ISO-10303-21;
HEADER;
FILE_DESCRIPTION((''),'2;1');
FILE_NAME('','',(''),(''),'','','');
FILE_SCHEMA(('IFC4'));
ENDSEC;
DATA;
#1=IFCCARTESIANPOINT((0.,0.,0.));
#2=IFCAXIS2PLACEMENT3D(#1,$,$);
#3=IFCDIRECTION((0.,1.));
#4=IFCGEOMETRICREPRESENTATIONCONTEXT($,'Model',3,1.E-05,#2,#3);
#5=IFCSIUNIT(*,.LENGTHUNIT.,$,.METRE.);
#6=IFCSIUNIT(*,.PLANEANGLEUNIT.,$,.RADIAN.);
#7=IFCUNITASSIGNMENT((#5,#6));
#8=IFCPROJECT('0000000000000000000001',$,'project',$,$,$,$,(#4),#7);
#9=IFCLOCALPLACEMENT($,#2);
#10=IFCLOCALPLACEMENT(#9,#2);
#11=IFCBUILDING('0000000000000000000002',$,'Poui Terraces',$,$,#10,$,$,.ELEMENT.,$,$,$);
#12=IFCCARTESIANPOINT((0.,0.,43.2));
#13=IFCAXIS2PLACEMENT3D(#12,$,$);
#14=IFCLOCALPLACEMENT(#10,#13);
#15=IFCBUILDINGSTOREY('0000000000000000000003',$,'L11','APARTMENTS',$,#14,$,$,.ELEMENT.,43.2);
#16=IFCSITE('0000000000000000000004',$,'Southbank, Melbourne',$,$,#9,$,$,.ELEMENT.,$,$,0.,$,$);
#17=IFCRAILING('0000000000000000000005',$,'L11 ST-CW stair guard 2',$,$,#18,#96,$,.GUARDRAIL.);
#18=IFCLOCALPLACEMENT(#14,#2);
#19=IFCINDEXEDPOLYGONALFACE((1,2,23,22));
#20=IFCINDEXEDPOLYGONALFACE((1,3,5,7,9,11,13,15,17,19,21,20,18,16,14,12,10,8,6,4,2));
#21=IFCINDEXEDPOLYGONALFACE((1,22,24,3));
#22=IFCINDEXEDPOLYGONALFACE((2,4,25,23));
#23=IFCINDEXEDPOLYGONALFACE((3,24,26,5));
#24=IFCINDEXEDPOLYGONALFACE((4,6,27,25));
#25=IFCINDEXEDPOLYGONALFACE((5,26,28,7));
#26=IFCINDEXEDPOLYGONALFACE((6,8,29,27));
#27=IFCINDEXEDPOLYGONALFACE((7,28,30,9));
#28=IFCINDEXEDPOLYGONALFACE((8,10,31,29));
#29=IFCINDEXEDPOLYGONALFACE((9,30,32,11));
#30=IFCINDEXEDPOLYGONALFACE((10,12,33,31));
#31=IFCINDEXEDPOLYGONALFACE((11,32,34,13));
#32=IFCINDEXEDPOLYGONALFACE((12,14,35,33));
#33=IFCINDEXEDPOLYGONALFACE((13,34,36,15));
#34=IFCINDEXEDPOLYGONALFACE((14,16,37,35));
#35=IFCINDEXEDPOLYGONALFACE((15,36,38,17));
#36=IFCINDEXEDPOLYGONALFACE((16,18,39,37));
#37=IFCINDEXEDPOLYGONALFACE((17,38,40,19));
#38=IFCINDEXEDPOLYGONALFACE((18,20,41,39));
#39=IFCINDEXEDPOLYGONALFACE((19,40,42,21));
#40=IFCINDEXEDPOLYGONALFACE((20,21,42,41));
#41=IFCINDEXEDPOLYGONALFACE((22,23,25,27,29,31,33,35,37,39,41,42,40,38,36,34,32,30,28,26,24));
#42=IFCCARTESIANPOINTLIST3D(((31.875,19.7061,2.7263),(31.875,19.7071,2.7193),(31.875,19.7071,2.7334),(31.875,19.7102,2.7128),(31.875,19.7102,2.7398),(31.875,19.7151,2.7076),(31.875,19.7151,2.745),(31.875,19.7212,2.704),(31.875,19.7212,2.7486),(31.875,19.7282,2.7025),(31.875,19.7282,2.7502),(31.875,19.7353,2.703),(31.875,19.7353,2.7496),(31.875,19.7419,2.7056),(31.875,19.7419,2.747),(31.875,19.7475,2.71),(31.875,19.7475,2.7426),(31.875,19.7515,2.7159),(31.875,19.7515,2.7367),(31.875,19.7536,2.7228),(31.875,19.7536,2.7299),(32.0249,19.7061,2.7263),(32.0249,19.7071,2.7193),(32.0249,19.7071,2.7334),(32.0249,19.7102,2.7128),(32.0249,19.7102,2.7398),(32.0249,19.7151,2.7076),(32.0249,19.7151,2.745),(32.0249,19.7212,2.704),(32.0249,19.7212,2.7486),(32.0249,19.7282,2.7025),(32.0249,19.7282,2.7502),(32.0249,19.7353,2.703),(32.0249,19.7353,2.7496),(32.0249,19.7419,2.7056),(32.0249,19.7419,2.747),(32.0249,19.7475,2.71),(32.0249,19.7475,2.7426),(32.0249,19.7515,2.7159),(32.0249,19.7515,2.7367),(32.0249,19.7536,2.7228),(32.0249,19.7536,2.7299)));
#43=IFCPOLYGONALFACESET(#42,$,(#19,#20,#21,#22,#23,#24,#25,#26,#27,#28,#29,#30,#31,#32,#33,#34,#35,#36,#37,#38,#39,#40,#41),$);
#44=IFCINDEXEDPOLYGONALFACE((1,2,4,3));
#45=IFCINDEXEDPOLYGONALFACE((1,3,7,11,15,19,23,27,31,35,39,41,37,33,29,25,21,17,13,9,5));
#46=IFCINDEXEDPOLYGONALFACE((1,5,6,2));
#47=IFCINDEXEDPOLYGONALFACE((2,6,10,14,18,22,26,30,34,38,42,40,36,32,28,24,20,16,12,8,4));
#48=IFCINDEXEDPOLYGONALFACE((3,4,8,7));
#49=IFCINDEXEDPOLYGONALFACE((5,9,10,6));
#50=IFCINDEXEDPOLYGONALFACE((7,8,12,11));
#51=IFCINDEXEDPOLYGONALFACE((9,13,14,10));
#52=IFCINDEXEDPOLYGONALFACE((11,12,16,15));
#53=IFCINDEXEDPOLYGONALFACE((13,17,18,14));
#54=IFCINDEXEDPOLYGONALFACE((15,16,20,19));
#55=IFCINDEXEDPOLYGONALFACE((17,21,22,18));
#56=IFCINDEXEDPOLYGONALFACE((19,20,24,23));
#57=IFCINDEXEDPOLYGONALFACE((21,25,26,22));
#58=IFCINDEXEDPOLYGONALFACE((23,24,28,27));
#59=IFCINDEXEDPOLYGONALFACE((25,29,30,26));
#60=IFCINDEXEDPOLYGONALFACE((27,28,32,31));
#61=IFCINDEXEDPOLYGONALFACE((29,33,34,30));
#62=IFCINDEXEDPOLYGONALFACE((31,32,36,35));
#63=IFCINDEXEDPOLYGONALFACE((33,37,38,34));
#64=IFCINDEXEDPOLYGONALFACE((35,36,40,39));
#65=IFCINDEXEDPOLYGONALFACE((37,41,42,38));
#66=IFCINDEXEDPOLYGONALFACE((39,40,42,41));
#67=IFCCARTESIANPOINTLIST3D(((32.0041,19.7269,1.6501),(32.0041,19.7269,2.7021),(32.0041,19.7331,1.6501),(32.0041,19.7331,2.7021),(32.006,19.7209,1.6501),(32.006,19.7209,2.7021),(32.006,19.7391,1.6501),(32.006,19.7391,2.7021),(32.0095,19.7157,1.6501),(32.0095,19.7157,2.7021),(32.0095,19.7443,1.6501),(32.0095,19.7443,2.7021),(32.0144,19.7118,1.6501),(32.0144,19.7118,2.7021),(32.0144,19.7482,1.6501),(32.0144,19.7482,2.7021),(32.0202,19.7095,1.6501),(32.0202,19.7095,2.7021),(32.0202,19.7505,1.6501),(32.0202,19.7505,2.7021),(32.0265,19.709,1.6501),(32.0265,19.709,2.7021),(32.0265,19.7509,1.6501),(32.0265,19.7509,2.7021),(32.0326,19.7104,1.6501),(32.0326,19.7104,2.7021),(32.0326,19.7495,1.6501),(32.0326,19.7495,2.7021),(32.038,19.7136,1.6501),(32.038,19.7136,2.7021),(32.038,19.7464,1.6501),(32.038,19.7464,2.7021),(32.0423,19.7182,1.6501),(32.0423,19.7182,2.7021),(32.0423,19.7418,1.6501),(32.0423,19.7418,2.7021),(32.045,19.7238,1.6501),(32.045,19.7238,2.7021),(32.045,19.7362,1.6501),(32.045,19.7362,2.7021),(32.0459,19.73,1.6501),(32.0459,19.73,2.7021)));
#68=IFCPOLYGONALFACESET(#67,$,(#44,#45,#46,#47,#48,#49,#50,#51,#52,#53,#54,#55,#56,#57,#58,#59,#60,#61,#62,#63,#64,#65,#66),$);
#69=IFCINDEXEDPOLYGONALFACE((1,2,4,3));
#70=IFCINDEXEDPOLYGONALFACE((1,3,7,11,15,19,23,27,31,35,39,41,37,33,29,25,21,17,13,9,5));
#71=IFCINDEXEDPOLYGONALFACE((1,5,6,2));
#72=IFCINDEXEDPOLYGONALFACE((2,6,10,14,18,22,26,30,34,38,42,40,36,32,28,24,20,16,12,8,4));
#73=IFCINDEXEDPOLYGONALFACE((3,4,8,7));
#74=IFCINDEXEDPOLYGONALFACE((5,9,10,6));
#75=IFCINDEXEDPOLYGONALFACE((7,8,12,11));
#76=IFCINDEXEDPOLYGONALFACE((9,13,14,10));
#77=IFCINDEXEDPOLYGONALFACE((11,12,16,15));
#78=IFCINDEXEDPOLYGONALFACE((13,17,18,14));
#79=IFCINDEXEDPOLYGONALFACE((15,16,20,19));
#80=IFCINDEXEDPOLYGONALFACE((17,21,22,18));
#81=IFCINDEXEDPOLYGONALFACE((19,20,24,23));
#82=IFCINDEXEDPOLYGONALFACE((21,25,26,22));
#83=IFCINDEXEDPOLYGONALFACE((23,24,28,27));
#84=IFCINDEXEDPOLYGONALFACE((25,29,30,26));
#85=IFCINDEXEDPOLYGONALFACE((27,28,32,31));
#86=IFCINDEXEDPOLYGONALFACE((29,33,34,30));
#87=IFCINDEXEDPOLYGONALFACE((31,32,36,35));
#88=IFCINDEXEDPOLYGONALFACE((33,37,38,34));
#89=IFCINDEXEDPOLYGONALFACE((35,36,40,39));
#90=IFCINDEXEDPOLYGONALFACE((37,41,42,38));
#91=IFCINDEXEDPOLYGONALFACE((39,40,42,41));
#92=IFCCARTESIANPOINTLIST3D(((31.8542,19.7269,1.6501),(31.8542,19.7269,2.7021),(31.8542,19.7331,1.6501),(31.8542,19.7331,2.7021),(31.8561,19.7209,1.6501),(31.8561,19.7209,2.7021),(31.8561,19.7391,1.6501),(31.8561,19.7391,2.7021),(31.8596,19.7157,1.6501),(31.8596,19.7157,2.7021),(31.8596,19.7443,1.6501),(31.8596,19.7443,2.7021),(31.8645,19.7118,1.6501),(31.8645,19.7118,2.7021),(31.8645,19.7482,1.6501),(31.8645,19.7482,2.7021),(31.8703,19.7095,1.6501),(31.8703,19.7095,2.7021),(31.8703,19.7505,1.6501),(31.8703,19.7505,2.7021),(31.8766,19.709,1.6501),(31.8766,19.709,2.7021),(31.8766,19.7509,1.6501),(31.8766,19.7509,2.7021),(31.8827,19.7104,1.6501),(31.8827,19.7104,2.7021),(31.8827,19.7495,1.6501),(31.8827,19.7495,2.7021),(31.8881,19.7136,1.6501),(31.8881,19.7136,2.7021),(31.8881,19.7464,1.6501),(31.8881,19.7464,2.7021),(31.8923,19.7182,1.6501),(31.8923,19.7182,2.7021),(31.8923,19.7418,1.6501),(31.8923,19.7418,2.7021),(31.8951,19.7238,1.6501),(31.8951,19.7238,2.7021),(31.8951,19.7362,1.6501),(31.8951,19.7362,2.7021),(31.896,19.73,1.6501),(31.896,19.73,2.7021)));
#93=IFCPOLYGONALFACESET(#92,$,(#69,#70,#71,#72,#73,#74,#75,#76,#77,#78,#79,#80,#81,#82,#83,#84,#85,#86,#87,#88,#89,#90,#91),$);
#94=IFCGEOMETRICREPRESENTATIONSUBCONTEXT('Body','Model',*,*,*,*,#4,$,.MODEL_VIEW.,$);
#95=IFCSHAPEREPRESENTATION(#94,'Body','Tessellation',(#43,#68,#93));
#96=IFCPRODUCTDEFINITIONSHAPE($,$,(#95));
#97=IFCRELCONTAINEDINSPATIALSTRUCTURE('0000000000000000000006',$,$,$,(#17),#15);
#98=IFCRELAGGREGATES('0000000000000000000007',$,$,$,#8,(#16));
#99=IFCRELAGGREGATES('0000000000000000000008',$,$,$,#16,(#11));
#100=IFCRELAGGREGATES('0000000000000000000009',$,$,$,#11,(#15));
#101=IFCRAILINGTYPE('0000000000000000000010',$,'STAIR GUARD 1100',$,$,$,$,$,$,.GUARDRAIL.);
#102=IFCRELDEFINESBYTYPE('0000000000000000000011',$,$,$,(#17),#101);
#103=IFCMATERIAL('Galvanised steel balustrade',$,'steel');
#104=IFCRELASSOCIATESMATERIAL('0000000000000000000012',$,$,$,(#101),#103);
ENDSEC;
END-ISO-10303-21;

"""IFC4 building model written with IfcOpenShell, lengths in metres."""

from ifc_helpers import new_model, si_unit, direction, frame, origin, origin_2d, place, context, subcontext, project, spatial, circle, extrude, material, type_object, element, save


model = new_model("IFC4")

# Units and contexts
model_context = context("Model", 3, precision=1e-05, world=origin(), true_north=direction((0.0, 1.0)))
body_context = subcontext(model_context, "Body", "Model", "MODEL_VIEW")
ifc_project = project(units=[si_unit("LENGTHUNIT", "METRE"), si_unit("PLANEANGLEUNIT", "RADIAN")], contexts=[model_context])

# Site, building, storey
site_placement = place(None, origin())
site = spatial("IfcSite", under=ifc_project, at=site_placement, Name="Southbank, Melbourne", CompositionType="ELEMENT", RefElevation=0.0)
building_placement = place(site_placement, origin())
building = spatial("IfcBuilding", under=site, at=building_placement, Name="Poui Terraces", CompositionType="ELEMENT")
storey_placement = place(building_placement, frame((0.0, 0.0, 43.2)))
storey = spatial("IfcBuildingStorey", under=building, at=storey_placement, Name="L11", Description="APARTMENTS", CompositionType="ELEMENT", Elevation=43.2)

# Railing
ifc_material_1 = material(Name="Galvanised steel balustrade", Category="steel")
railing_type_1 = type_object("IfcRailingType", Name="STAIR GUARD 1100", PredefinedType="GUARDRAIL", material=ifc_material_1)
railing_1_placement = place(storey_placement, frame((32.0249, 19.73, 1.6501)))
element("IfcRailing", 1, at=railing_1_placement, inside=storey, type_object=railing_type_1, Name="L11 ST-CW stair guard 2", PredefinedType="GUARDRAIL", context=body_context, shape_type="SweptSolid", body=[
    extrude(circle(Radius=0.0239, at=origin_2d()), frame((0.0, 0.0, 1.0762), z_axis=(-1.0, 0.0, 0.0), x_axis=(0.0, -1.0, 0.0)), (0.0, 0.0, 1.0), 0.1499),
    extrude(circle(Radius=0.021, at=origin_2d()), origin(), (0.0, 0.0, 1.0), 1.052),
    extrude(circle(Radius=0.021, at=origin_2d()), frame((-0.1499, 0.0, 0.0)), (0.0, 0.0, 1.0), 1.052),
])

save(model, "model.ifc")
